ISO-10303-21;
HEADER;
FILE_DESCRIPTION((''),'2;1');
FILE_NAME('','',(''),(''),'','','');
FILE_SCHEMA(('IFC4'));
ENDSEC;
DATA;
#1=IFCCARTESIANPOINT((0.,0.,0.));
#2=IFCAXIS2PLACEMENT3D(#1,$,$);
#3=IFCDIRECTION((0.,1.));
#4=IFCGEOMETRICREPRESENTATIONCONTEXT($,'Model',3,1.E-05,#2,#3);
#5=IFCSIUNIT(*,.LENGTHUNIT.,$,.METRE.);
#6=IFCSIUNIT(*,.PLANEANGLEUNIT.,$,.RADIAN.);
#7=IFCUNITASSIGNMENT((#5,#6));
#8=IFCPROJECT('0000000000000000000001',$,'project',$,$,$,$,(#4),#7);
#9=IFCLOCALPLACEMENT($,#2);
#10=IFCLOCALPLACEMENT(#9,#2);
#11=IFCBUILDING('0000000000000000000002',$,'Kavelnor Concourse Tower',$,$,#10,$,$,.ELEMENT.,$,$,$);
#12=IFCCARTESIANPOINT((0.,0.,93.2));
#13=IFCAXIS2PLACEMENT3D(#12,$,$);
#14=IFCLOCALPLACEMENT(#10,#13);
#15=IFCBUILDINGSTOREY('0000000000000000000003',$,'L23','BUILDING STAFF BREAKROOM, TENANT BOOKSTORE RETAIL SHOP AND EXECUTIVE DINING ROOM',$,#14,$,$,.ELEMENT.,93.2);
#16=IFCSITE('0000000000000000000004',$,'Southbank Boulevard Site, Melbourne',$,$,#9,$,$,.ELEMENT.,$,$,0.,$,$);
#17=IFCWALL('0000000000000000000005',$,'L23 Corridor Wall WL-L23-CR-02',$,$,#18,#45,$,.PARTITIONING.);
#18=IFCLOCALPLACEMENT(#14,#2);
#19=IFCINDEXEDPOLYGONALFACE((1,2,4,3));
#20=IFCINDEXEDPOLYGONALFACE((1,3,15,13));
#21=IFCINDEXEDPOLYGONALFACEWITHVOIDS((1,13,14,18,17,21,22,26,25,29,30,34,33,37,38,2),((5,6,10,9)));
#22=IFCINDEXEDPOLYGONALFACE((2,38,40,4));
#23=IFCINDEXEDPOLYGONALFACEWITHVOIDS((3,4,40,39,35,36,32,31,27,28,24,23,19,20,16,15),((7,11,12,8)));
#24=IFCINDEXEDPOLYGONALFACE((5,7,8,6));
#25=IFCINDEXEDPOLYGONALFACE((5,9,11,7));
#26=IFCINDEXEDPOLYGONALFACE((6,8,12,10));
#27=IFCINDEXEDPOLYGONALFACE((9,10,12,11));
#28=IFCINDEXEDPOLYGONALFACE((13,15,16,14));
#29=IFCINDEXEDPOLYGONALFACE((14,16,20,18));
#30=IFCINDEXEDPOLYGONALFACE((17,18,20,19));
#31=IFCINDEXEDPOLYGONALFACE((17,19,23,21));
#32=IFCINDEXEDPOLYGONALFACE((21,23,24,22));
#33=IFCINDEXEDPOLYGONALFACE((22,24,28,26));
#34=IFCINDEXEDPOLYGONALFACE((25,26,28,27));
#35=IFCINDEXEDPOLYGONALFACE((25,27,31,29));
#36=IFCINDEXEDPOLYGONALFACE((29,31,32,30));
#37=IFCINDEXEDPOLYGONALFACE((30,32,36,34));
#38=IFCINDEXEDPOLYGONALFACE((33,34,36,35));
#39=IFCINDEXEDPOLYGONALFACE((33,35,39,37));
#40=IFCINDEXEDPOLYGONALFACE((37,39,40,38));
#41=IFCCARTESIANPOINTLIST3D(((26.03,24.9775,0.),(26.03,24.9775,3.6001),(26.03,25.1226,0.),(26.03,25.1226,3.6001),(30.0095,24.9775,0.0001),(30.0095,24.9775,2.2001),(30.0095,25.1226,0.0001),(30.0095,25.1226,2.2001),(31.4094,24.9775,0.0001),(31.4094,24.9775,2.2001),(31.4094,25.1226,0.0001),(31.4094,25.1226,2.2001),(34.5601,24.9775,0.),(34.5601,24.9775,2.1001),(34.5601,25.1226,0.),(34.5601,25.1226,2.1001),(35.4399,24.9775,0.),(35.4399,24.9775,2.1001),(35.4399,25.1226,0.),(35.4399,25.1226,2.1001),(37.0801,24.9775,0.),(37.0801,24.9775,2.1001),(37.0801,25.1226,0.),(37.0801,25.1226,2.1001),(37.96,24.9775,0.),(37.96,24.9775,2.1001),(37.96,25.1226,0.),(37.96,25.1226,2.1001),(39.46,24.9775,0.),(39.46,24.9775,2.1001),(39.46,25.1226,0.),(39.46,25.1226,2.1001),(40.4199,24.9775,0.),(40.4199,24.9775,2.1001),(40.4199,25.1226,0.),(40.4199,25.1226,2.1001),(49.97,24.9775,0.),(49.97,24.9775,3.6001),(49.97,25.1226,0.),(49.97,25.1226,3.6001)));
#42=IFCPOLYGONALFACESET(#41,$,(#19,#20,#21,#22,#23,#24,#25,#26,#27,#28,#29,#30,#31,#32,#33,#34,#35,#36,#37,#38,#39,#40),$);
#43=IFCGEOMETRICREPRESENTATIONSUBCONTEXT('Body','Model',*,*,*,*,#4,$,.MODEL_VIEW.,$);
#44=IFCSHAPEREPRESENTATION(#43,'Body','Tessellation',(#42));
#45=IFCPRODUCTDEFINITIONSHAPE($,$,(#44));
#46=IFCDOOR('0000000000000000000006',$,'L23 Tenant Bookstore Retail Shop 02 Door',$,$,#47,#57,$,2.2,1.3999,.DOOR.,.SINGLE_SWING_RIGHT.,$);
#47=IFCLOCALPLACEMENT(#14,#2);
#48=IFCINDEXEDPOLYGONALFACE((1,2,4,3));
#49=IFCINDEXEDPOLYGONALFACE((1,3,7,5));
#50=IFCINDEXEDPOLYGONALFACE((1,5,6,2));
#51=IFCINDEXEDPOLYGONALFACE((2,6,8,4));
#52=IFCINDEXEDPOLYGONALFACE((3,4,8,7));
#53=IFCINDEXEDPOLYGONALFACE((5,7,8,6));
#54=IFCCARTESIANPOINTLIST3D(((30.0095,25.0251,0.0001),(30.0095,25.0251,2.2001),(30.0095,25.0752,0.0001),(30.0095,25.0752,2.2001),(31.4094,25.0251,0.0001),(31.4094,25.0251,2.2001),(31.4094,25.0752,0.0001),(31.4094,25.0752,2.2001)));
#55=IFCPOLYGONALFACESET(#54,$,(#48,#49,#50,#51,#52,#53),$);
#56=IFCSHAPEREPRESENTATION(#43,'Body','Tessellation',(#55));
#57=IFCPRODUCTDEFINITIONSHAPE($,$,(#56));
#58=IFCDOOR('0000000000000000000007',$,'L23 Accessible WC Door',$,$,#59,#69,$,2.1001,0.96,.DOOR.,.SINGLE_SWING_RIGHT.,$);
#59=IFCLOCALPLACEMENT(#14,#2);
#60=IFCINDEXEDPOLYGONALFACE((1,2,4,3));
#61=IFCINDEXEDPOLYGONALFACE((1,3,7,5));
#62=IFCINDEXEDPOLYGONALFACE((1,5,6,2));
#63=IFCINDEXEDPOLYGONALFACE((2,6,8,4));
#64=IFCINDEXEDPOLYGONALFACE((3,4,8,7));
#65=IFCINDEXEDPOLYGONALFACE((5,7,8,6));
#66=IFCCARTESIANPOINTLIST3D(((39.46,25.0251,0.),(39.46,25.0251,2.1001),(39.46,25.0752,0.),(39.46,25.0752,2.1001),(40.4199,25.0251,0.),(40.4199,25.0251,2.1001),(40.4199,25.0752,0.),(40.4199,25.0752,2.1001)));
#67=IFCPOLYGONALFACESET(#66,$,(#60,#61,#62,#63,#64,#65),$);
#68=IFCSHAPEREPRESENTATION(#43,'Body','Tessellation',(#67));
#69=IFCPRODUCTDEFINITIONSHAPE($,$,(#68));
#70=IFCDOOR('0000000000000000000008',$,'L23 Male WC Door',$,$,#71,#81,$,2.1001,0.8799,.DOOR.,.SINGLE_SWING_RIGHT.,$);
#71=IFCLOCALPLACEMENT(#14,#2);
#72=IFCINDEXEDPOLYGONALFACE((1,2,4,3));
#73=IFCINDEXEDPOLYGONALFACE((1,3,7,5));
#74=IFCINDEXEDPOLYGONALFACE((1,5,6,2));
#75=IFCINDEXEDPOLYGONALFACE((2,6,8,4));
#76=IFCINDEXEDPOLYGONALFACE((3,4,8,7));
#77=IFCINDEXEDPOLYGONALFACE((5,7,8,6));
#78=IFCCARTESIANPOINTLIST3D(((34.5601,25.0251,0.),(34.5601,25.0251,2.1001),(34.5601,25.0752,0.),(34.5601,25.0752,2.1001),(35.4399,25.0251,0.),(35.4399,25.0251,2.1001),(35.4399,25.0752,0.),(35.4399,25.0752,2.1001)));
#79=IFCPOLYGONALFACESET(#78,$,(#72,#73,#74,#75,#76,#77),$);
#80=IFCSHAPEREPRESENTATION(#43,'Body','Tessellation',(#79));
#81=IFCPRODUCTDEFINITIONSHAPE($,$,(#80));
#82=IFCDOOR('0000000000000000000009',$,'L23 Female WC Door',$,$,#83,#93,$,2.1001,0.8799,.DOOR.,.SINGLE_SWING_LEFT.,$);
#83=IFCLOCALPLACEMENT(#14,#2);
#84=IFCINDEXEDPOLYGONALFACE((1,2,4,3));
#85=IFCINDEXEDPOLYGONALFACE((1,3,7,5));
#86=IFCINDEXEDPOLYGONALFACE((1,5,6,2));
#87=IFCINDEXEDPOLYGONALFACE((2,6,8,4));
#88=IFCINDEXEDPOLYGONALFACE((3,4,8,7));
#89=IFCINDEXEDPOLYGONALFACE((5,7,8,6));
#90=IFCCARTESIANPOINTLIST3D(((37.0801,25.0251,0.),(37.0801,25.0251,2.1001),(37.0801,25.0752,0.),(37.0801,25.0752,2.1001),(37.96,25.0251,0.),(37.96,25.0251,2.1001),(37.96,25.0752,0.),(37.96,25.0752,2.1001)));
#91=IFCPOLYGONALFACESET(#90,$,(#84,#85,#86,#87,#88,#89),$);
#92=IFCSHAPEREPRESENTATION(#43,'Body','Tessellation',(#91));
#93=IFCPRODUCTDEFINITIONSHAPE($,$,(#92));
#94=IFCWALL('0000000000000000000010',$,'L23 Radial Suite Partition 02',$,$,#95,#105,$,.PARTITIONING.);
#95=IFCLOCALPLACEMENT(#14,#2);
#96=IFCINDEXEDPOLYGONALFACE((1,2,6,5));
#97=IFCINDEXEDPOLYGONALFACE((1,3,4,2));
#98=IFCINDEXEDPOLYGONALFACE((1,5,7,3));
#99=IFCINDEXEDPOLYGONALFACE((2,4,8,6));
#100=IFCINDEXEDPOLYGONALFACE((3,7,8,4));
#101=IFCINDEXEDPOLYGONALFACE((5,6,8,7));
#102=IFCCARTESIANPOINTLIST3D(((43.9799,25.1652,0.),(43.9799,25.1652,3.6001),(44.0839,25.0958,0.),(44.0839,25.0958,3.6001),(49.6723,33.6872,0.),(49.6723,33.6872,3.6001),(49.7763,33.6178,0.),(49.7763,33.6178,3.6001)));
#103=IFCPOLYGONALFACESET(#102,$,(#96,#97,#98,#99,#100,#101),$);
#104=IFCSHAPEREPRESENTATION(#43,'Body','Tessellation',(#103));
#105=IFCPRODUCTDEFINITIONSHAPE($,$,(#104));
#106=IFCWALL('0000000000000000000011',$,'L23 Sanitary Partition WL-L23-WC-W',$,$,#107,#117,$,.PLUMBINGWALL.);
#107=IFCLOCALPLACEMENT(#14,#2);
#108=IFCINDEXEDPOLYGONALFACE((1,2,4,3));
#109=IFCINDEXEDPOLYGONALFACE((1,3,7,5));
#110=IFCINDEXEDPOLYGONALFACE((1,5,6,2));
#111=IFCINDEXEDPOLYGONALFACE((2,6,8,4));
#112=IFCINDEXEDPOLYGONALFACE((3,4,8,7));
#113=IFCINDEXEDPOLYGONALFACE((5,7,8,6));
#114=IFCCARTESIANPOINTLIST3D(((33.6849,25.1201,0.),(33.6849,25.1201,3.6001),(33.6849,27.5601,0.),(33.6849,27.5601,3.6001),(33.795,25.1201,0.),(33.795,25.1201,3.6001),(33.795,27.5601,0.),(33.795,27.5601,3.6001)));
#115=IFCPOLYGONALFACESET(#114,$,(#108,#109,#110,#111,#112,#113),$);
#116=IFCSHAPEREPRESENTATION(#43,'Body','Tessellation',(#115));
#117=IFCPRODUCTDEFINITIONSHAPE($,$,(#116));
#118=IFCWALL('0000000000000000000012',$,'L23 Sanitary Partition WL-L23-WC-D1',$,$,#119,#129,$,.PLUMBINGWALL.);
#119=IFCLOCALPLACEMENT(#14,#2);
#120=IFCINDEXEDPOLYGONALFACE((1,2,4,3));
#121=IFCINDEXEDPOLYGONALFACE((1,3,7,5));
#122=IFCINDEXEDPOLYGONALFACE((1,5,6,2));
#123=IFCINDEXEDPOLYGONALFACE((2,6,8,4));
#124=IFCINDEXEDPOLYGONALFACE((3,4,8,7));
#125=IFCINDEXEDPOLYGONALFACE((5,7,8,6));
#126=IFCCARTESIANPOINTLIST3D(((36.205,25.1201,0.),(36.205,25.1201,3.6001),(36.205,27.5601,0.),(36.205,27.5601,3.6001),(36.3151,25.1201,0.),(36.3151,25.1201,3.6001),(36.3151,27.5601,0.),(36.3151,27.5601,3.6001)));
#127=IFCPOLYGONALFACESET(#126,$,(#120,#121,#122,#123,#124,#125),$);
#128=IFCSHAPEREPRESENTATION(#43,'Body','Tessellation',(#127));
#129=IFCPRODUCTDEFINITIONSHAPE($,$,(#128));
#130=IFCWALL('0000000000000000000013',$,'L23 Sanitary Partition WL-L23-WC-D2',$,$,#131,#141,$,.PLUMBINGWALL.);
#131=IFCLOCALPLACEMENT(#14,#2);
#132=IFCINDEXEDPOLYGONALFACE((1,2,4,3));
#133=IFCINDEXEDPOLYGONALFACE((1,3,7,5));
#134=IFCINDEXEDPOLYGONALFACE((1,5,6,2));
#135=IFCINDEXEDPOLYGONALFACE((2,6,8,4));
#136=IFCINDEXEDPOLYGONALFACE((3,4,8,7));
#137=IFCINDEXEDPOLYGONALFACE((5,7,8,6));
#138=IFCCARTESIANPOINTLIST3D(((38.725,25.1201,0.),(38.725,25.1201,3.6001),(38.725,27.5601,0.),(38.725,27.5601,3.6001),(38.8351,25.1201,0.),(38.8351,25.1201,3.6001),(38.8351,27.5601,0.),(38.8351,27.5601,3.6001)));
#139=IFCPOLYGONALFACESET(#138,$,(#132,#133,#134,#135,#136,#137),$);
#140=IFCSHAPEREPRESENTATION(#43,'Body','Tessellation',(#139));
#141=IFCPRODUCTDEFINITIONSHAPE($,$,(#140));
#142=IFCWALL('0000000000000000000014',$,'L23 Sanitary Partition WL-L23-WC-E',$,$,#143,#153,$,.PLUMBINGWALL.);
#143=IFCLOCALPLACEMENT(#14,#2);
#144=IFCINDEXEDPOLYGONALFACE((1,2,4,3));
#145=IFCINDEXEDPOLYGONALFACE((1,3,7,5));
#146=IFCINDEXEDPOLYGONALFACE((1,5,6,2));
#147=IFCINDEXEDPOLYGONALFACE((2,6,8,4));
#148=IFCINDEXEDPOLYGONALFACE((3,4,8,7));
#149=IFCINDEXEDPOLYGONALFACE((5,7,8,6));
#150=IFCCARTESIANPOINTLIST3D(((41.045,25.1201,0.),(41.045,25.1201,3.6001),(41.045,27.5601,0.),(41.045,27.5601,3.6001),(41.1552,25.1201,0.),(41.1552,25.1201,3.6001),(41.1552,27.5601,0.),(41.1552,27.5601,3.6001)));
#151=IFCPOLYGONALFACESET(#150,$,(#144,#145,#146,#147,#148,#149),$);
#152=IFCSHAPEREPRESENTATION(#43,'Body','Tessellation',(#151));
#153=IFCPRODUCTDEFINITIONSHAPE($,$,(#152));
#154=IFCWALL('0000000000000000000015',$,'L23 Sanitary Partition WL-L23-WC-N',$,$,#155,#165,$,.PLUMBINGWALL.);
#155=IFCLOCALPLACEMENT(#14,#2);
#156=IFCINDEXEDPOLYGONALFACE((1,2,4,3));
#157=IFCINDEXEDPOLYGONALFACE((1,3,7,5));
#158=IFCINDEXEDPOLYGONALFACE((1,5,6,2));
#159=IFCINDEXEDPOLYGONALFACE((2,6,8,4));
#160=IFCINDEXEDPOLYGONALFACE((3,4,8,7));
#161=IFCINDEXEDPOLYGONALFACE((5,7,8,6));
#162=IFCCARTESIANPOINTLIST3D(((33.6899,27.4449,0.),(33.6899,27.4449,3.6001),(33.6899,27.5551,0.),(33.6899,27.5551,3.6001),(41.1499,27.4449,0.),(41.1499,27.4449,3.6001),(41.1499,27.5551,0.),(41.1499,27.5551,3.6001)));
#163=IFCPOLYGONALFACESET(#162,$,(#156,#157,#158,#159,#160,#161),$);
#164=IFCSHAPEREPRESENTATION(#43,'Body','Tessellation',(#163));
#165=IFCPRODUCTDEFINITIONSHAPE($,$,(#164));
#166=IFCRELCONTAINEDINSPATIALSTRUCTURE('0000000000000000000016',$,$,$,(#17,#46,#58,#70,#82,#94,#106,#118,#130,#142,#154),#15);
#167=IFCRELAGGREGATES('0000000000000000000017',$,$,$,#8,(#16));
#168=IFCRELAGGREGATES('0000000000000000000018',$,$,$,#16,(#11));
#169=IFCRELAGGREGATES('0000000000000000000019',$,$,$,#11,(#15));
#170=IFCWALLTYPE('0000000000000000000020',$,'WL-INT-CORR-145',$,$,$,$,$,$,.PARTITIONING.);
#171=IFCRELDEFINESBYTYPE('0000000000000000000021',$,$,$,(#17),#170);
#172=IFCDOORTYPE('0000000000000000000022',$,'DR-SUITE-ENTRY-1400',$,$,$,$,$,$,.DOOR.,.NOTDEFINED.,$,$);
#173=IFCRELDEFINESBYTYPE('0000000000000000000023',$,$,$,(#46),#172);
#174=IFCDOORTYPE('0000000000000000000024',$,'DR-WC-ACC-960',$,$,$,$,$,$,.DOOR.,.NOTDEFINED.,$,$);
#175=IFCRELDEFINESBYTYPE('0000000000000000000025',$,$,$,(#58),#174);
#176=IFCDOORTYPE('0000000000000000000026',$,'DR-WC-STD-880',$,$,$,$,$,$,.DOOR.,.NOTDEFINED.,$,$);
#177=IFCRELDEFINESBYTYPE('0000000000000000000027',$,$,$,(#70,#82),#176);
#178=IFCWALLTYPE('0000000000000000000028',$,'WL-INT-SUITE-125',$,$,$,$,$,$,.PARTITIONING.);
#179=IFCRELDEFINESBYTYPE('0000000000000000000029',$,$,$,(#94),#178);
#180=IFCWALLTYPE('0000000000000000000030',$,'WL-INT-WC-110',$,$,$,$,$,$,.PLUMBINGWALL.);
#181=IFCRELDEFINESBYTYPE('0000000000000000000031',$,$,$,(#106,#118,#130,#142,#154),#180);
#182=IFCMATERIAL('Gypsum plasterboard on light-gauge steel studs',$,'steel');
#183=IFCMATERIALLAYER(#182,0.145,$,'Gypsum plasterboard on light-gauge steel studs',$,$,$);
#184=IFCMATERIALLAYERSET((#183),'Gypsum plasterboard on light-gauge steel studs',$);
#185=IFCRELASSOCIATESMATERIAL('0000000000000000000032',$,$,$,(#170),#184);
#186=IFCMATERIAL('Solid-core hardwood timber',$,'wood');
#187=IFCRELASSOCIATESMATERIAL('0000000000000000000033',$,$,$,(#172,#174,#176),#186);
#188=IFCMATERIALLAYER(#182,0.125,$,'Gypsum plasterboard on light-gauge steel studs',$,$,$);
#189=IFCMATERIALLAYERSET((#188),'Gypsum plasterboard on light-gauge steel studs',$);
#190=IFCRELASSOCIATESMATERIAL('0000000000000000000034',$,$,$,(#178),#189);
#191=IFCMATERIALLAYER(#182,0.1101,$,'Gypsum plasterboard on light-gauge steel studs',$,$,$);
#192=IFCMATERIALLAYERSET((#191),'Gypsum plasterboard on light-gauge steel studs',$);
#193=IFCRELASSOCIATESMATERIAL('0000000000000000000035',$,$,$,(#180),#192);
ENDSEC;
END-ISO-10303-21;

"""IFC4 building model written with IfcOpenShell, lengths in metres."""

from ifc_helpers import new_model, si_unit, direction, frame, frame_2d, origin, place, context, subcontext, project, spatial, rectangle, extrude, material, layer, layer_set, type_object, element, fill, save


model = new_model("IFC4")

# Units and contexts
model_context = context("Model", 3, precision=1e-05, world=origin(), true_north=direction((0.0, 1.0)))
body_context = subcontext(model_context, "Body", "Model", "MODEL_VIEW")
ifc_project = project(units=[si_unit("LENGTHUNIT", "METRE"), si_unit("PLANEANGLEUNIT", "RADIAN")], contexts=[model_context])

# Site, building, storey
site_placement = place(None, origin())
site = spatial("IfcSite", under=ifc_project, at=site_placement, Name="Southbank Boulevard Site, Melbourne", CompositionType="ELEMENT", RefElevation=0.0)
building_placement = place(site_placement, origin())
building = spatial("IfcBuilding", under=site, at=building_placement, Name="Kavelnor Concourse Tower", CompositionType="ELEMENT")
storey_placement = place(building_placement, frame((0.0, 0.0, 93.2)))
storey = spatial("IfcBuildingStorey", under=building, at=storey_placement, Name="L23", Description="BUILDING STAFF BREAKROOM, TENANT BOOKSTORE RETAIL SHOP AND EXECUTIVE DINING ROOM", CompositionType="ELEMENT", Elevation=93.2)

# Wall, openings, doors
ifc_material_1 = material(Name="Gypsum plasterboard on light-gauge steel studs", Category="steel")
ifc_layer_1 = layer(ifc_material_1, 0.145, Name="Gypsum plasterboard on light-gauge steel studs")
ifc_layer_set_1 = layer_set([ifc_layer_1], Name="Gypsum plasterboard on light-gauge steel studs")
wall_type_1 = type_object("IfcWallType", Name="WL-INT-CORR-145", PredefinedType="PARTITIONING", material=ifc_layer_set_1)
wall_1_placement = place(storey_placement, frame((49.97, 25.05, 0.0), z_axis=(0.0, 0.0, 1.0), x_axis=(-1.0, 0.0, 0.0)))
wall_1 = element("IfcWall", 1, at=wall_1_placement, inside=storey, type_object=wall_type_1, Name="L23 Corridor Wall WL-L23-CR-02", PredefinedType="PARTITIONING", context=body_context, shape_type="SweptSolid", body=[
    extrude(rectangle(XDim=23.9399, YDim=0.145, at=frame_2d((11.97, 0.0))), origin(), (0.0, 0.0, 1.0), 3.6001),
])
opening_1_placement = place(wall_1_placement, frame((14.53, 0.0, 0.0)))
opening_1 = element("IfcOpeningElement", 2, at=opening_1_placement, cuts=wall_1, PredefinedType="OPENING", context=body_context, shape_type="SweptSolid", body=[
    extrude(rectangle(XDim=0.8799, YDim=2.1001, at=frame_2d((0.4399, 1.05))), frame((0.0, 0.0825, 0.0), z_axis=(0.0, -1.0, 0.0), x_axis=(1.0, 0.0, 0.0)), (0.0, 0.0, 1.0), 0.165),
])
opening_2_placement = place(wall_1_placement, frame((12.01, 0.0, 0.0)))
opening_2 = element("IfcOpeningElement", 3, at=opening_2_placement, cuts=wall_1, PredefinedType="OPENING", context=body_context, shape_type="SweptSolid", body=[
    extrude(rectangle(XDim=0.8799, YDim=2.1001, at=frame_2d((0.4399, 1.05))), frame((0.0, 0.0825, 0.0), z_axis=(0.0, -1.0, 0.0), x_axis=(1.0, 0.0, 0.0)), (0.0, 0.0, 1.0), 0.165),
])
opening_3_placement = place(wall_1_placement, frame((9.55, 0.0, 0.0)))
opening_3 = element("IfcOpeningElement", 4, at=opening_3_placement, cuts=wall_1, PredefinedType="OPENING", context=body_context, shape_type="SweptSolid", body=[
    extrude(rectangle(XDim=0.96, YDim=2.1001, at=frame_2d((0.48, 1.05))), frame((0.0, 0.0825, 0.0), z_axis=(0.0, -1.0, 0.0), x_axis=(1.0, 0.0, 0.0)), (0.0, 0.0, 1.0), 0.165),
])
opening_4_placement = place(wall_1_placement, frame((18.5605, 0.0, 0.0)))
opening_4 = element("IfcOpeningElement", 5, at=opening_4_placement, cuts=wall_1, PredefinedType="OPENING", context=body_context, shape_type="SweptSolid", body=[
    extrude(rectangle(XDim=1.3999, YDim=2.2, at=frame_2d((0.7, 1.1001))), frame((0.0, 0.0825, 0.0), z_axis=(0.0, -1.0, 0.0), x_axis=(1.0, 0.0, 0.0)), (0.0, 0.0, 1.0), 0.165),
])
ifc_material_2 = material(Name="Solid-core hardwood timber", Category="wood")
door_type_1 = type_object("IfcDoorType", Name="DR-SUITE-ENTRY-1400", OperationType="NOTDEFINED", PredefinedType="DOOR", material=ifc_material_2)
door_1_placement = place(opening_4_placement, origin())
door_1 = element("IfcDoor", 6, at=door_1_placement, inside=storey, type_object=door_type_1, Name="L23 Tenant Bookstore Retail Shop 02 Door", OperationType="SINGLE_SWING_RIGHT", OverallHeight=2.2, OverallWidth=1.3999, PredefinedType="DOOR", context=body_context, shape_type="SweptSolid", body=[
    extrude(rectangle(XDim=1.3999, YDim=2.2, at=frame_2d((0.7, 1.1001))), frame((0.0, 0.0249, 0.0), z_axis=(0.0, -1.0, 0.0), x_axis=(1.0, 0.0, 0.0)), (0.0, 0.0, 1.0), 0.05),
])
fill(opening_4, door_1)
door_type_2 = type_object("IfcDoorType", Name="DR-WC-ACC-960", OperationType="NOTDEFINED", PredefinedType="DOOR", material=ifc_material_2)
door_2_placement = place(opening_3_placement, origin())
door_2 = element("IfcDoor", 7, at=door_2_placement, inside=storey, type_object=door_type_2, Name="L23 Accessible WC Door", OperationType="SINGLE_SWING_RIGHT", OverallHeight=2.1001, OverallWidth=0.96, PredefinedType="DOOR", context=body_context, shape_type="SweptSolid", body=[
    extrude(rectangle(XDim=0.96, YDim=2.1001, at=frame_2d((0.48, 1.05))), frame((0.0, 0.0249, 0.0), z_axis=(0.0, -1.0, 0.0), x_axis=(1.0, 0.0, 0.0)), (0.0, 0.0, 1.0), 0.05),
])
fill(opening_3, door_2)
door_type_3 = type_object("IfcDoorType", Name="DR-WC-STD-880", OperationType="NOTDEFINED", PredefinedType="DOOR", material=ifc_material_2)
door_3_placement = place(opening_1_placement, origin())
door_3 = element("IfcDoor", 8, at=door_3_placement, inside=storey, type_object=door_type_3, Name="L23 Male WC Door", OperationType="SINGLE_SWING_RIGHT", OverallHeight=2.1001, OverallWidth=0.8799, PredefinedType="DOOR", context=body_context, shape_type="SweptSolid", body=[
    extrude(rectangle(XDim=0.8799, YDim=2.1001, at=frame_2d((0.4399, 1.05))), frame((0.0, 0.0249, 0.0), z_axis=(0.0, -1.0, 0.0), x_axis=(1.0, 0.0, 0.0)), (0.0, 0.0, 1.0), 0.05),
])
fill(opening_1, door_3)
door_4_placement = place(opening_2_placement, origin())
door_4 = element("IfcDoor", 9, at=door_4_placement, inside=storey, type_object=door_type_3, Name="L23 Female WC Door", OperationType="SINGLE_SWING_LEFT", OverallHeight=2.1001, OverallWidth=0.8799, PredefinedType="DOOR", context=body_context, shape_type="SweptSolid", body=[
    extrude(rectangle(XDim=0.8799, YDim=2.1001, at=frame_2d((0.4399, 1.05))), frame((0.0, 0.0249, 0.0), z_axis=(0.0, -1.0, 0.0), x_axis=(1.0, 0.0, 0.0)), (0.0, 0.0, 1.0), 0.05),
])
fill(opening_2, door_4)

# Walls
ifc_layer_2 = layer(ifc_material_1, 0.125, Name="Gypsum plasterboard on light-gauge steel studs")
ifc_layer_set_2 = layer_set([ifc_layer_2], Name="Gypsum plasterboard on light-gauge steel studs")
wall_type_2 = type_object("IfcWallType", Name="WL-INT-SUITE-125", PredefinedType="PARTITIONING", material=ifc_layer_set_2)
wall_2_placement = place(storey_placement, frame((44.032, 25.1306, 0.0), z_axis=(0.0, 0.0, 1.0), x_axis=(0.555448, 0.831552, 0.0)))
element("IfcWall", 10, at=wall_2_placement, inside=storey, type_object=wall_type_2, Name="L23 Radial Suite Partition 02", PredefinedType="PARTITIONING", context=body_context, shape_type="SweptSolid", body=[
    extrude(rectangle(XDim=10.2483, YDim=0.125, at=frame_2d((5.124, 0.0))), origin(), (0.0, 0.0, 1.0), 3.6001),
])
ifc_layer_3 = layer(ifc_material_1, 0.1101, Name="Gypsum plasterboard on light-gauge steel studs")
ifc_layer_set_3 = layer_set([ifc_layer_3], Name="Gypsum plasterboard on light-gauge steel studs")
wall_type_3 = type_object("IfcWallType", Name="WL-INT-WC-110", PredefinedType="PLUMBINGWALL", material=ifc_layer_set_3)
for number, where, z_axis, x_axis, name in (
    (11, (33.74, 25.1201, 0.0), (0.0, 0.0, 1.0), (0.0, 1.0, 0.0), "L23 Sanitary Partition WL-L23-WC-W"),
    (12, (36.26, 25.1201, 0.0), (0.0, 0.0, 1.0), (0.0, 1.0, 0.0), "L23 Sanitary Partition WL-L23-WC-D1"),
    (13, (38.78, 25.1201, 0.0), (0.0, 0.0, 1.0), (0.0, 1.0, 0.0), "L23 Sanitary Partition WL-L23-WC-D2"),
    (14, (41.1001, 25.1201, 0.0), (0.0, 0.0, 1.0), (0.0, 1.0, 0.0), "L23 Sanitary Partition WL-L23-WC-E"),
):
    element("IfcWall", number, at=place(storey_placement, frame(where, z_axis=z_axis, x_axis=x_axis)), inside=storey, type_object=wall_type_3, Name=name, PredefinedType="PLUMBINGWALL", context=body_context, shape_type="SweptSolid", body=[
        extrude(rectangle(XDim=2.4399, YDim=0.1101, at=frame_2d((1.22, 0.0))), origin(), (0.0, 0.0, 1.0), 3.6001),
    ])
wall_3_placement = place(storey_placement, frame((33.6899, 27.5, 0.0), z_axis=(0.0, 0.0, 1.0), x_axis=(1.0, 0.0, 0.0)))
element("IfcWall", 15, at=wall_3_placement, inside=storey, type_object=wall_type_3, Name="L23 Sanitary Partition WL-L23-WC-N", PredefinedType="PLUMBINGWALL", context=body_context, shape_type="SweptSolid", body=[
    extrude(rectangle(XDim=7.46, YDim=0.1101, at=frame_2d((3.73, 0.0))), origin(), (0.0, 0.0, 1.0), 3.6001),
])

save(model, "model.ifc")
